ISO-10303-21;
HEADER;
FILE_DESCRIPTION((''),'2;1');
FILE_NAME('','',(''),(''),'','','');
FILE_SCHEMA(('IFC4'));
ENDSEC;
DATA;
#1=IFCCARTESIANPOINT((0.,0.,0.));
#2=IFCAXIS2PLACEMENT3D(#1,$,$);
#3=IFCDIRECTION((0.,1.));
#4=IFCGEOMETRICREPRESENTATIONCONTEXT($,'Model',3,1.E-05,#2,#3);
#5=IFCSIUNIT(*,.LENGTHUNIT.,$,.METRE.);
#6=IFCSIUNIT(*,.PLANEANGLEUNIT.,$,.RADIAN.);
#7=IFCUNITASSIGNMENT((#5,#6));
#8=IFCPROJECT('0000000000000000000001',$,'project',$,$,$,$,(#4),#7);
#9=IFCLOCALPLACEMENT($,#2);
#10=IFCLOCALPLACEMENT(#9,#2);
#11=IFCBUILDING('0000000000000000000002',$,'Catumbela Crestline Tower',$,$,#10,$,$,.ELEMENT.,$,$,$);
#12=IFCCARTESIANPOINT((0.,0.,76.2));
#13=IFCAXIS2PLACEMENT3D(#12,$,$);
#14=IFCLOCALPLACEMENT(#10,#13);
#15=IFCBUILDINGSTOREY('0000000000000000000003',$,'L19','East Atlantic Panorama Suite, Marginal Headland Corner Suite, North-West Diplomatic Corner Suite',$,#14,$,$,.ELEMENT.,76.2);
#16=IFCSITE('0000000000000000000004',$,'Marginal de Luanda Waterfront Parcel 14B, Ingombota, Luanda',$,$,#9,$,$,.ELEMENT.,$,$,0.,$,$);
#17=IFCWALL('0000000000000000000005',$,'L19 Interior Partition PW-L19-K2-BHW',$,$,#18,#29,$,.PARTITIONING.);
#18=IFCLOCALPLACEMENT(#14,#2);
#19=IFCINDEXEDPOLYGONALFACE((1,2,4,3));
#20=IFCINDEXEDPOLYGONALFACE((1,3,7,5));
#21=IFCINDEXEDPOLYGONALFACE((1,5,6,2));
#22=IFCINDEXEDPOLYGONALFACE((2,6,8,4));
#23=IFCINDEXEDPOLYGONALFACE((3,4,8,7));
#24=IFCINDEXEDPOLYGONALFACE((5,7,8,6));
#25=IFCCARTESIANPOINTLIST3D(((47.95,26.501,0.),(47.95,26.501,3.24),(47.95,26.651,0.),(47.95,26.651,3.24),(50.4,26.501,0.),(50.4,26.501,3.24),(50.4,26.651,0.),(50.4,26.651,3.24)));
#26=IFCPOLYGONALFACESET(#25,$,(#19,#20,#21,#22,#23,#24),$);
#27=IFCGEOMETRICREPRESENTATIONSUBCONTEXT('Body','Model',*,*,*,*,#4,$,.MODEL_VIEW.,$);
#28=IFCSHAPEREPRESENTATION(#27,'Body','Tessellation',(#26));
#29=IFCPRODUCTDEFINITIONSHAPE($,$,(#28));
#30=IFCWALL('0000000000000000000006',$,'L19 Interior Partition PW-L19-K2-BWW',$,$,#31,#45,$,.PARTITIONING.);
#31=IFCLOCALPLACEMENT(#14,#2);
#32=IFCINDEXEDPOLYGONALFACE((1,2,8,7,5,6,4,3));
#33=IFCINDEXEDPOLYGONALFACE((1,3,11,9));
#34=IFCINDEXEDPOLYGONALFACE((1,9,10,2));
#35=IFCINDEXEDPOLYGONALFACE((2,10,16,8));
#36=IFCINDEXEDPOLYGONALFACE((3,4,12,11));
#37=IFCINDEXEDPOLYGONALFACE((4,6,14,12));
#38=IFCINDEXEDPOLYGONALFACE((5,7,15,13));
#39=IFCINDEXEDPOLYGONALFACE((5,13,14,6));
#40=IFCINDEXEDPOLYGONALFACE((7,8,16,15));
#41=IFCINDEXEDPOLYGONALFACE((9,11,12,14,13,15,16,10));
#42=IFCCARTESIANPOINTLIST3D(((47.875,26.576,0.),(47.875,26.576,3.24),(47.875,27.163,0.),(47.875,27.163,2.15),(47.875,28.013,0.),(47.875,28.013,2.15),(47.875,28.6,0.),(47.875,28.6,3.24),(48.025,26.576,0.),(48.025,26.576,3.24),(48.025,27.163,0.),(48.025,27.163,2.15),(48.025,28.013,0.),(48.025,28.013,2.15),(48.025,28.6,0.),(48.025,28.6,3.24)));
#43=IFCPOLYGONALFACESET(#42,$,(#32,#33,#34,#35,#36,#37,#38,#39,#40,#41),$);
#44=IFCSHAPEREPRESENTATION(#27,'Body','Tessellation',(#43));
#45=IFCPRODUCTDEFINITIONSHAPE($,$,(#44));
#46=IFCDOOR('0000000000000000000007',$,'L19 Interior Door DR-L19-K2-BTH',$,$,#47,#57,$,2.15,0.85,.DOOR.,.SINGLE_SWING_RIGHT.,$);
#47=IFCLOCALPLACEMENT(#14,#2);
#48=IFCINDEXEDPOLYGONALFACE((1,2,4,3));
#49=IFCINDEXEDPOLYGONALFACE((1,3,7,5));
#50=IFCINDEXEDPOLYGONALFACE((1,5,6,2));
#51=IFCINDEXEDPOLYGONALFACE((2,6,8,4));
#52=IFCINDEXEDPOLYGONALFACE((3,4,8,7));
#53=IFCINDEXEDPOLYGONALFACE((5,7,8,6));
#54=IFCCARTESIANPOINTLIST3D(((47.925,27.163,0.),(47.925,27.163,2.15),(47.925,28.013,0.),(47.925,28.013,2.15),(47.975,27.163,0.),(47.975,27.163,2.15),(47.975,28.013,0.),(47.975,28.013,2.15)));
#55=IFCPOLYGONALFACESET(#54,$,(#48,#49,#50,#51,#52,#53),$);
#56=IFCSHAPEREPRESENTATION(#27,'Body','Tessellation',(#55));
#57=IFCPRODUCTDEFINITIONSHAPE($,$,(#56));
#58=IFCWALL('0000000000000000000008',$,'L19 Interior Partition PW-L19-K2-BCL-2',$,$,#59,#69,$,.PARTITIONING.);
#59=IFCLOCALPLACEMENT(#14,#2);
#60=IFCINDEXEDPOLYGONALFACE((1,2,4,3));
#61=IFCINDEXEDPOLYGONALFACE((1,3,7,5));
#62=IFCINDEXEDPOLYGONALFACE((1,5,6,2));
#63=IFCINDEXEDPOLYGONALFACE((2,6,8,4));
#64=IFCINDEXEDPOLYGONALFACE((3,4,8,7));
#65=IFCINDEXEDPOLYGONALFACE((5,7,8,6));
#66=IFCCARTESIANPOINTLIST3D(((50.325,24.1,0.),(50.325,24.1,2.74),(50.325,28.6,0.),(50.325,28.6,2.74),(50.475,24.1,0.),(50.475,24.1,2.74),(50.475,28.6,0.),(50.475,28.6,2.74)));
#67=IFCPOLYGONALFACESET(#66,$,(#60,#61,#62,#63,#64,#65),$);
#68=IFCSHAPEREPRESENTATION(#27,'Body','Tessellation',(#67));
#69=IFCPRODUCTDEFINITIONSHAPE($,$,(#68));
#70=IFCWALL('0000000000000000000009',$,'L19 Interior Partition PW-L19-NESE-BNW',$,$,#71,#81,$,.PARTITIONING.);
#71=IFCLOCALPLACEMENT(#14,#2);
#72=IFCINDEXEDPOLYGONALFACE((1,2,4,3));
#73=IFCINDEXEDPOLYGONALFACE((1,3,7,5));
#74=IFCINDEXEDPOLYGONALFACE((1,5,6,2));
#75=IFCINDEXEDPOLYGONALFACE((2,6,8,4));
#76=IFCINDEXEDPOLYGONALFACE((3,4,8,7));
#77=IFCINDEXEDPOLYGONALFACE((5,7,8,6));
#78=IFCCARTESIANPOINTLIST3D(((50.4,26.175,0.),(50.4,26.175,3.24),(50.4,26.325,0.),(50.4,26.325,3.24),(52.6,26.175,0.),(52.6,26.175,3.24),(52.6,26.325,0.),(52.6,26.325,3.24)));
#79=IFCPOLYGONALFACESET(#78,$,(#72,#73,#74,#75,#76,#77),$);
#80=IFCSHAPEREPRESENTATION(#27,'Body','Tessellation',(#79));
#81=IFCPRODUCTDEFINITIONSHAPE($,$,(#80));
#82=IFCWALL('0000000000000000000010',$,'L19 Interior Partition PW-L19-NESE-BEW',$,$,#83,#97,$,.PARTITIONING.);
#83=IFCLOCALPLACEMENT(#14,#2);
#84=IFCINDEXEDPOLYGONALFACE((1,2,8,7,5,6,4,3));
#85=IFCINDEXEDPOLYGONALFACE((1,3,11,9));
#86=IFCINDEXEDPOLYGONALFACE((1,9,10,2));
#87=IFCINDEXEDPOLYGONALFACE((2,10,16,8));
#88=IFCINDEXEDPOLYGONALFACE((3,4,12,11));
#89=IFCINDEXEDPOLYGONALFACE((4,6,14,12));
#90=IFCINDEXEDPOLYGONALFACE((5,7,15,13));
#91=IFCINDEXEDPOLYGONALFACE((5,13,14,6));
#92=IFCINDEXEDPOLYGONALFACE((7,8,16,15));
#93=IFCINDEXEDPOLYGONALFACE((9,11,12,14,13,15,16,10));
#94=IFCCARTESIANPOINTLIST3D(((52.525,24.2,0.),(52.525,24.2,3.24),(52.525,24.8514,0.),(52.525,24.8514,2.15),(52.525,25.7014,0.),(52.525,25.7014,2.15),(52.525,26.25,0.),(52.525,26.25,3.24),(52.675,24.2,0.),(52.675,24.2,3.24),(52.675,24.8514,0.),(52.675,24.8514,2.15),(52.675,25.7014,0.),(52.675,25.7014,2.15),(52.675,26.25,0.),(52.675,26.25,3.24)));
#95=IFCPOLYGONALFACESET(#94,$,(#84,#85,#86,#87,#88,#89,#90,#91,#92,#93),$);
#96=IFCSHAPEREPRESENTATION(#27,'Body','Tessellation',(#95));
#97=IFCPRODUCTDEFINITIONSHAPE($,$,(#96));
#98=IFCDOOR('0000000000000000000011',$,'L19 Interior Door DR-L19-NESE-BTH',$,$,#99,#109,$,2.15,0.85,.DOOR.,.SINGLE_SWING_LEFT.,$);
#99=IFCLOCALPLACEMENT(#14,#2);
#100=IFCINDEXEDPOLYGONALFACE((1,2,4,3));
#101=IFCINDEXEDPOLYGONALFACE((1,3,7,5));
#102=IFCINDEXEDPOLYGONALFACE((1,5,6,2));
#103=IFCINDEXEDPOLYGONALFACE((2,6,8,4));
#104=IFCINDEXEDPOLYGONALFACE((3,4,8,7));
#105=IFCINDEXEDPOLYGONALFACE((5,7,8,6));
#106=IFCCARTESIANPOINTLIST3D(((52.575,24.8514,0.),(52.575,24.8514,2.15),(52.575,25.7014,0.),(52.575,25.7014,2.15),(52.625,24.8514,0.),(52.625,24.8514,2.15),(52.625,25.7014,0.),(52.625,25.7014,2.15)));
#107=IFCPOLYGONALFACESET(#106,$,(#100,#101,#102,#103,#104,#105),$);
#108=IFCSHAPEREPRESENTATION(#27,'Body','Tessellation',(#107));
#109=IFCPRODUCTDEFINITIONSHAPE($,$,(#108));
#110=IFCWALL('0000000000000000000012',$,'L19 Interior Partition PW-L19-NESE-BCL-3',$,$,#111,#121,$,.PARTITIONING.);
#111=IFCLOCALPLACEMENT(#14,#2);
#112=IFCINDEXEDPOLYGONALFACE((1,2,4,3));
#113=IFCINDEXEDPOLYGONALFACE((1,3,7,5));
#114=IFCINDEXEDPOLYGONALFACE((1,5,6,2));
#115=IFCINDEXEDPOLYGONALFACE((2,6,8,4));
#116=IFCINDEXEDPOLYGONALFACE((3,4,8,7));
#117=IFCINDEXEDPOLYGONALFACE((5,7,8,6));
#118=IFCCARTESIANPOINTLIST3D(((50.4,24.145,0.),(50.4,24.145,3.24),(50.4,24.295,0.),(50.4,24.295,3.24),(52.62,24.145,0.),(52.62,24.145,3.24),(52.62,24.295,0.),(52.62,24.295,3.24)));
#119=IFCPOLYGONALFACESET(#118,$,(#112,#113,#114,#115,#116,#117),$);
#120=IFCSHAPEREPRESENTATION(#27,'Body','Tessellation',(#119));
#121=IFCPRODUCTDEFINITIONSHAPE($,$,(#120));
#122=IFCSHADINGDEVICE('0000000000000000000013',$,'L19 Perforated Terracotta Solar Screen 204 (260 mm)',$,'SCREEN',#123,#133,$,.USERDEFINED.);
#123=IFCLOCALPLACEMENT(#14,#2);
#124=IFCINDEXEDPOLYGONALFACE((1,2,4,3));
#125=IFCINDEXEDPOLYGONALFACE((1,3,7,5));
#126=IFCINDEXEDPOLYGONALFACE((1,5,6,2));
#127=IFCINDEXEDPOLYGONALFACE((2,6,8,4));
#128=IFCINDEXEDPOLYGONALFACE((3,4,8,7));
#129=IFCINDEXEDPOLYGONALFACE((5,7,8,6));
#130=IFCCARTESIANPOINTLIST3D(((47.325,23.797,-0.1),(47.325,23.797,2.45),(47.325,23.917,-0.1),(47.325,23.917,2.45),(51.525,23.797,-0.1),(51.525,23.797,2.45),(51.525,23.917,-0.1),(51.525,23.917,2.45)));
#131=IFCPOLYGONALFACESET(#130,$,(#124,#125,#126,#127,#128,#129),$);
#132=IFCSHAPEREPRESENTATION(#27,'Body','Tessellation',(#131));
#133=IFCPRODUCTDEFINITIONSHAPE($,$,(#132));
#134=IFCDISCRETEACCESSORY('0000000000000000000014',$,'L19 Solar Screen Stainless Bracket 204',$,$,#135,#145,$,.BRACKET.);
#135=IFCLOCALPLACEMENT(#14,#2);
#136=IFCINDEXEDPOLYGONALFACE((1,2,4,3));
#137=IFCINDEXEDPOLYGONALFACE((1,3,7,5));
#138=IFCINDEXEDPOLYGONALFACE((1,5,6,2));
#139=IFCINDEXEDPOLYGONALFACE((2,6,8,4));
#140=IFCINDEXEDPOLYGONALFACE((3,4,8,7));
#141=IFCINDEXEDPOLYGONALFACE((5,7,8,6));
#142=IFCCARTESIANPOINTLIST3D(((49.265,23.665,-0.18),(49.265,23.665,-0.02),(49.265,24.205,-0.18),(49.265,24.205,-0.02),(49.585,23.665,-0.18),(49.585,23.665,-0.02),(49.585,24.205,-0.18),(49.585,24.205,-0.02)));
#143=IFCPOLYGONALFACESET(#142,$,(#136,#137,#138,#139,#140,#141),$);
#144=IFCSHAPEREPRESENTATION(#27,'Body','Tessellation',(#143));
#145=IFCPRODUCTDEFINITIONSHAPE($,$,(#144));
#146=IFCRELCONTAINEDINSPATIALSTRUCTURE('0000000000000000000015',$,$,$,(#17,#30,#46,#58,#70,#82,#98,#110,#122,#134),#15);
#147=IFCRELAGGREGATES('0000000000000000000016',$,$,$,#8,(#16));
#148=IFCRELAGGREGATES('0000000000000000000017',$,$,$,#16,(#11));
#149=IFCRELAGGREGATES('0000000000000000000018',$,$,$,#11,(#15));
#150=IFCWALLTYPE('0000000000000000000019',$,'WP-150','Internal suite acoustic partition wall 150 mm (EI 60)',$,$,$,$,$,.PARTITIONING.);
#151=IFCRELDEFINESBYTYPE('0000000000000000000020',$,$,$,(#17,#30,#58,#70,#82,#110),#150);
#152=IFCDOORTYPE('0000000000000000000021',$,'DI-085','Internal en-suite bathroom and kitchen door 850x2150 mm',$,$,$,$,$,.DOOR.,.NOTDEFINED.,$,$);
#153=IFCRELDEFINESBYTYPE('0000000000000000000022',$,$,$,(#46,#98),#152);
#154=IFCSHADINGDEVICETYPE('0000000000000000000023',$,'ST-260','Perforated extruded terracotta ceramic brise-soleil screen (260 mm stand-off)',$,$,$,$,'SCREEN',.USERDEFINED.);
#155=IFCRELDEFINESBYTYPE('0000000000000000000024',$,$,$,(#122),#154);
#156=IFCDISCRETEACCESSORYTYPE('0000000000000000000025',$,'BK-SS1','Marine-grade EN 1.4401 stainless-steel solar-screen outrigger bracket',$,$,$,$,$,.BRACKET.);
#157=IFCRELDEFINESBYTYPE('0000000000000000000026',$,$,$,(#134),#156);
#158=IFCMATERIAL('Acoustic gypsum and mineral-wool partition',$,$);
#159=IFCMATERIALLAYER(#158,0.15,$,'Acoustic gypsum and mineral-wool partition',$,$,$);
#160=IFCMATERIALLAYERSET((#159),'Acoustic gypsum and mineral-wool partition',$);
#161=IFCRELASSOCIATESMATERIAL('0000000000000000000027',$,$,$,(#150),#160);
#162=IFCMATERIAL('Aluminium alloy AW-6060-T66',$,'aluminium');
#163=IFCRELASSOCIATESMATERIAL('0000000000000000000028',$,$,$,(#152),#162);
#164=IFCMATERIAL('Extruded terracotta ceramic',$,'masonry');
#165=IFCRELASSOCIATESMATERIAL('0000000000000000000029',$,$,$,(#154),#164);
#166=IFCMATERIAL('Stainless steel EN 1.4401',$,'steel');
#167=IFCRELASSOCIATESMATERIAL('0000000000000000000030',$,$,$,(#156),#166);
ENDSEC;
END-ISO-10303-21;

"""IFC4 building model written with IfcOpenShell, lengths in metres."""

from ifc_helpers import new_model, si_unit, direction, frame, frame_2d, origin, origin_2d, place, context, subcontext, project, spatial, rectangle, extrude, material, layer, layer_set, type_object, element, fill, save


model = new_model("IFC4")

# Units and contexts
model_context = context("Model", 3, precision=1e-05, world=origin(), true_north=direction((0.0, 1.0)))
body_context = subcontext(model_context, "Body", "Model", "MODEL_VIEW")
ifc_project = project(units=[si_unit("LENGTHUNIT", "METRE"), si_unit("PLANEANGLEUNIT", "RADIAN")], contexts=[model_context])

# Site, building, storey
site_placement = place(None, origin())
site = spatial("IfcSite", under=ifc_project, at=site_placement, Name="Marginal de Luanda Waterfront Parcel 14B, Ingombota, Luanda", CompositionType="ELEMENT", RefElevation=0.0)
building_placement = place(site_placement, origin())
building = spatial("IfcBuilding", under=site, at=building_placement, Name="Catumbela Crestline Tower", CompositionType="ELEMENT")
storey_placement = place(building_placement, frame((0.0, 0.0, 76.2)))
storey = spatial("IfcBuildingStorey", under=building, at=storey_placement, Name="L19", Description="East Atlantic Panorama Suite, Marginal Headland Corner Suite, North-West Diplomatic Corner Suite", CompositionType="ELEMENT", Elevation=76.2)

# Shared definitions
ifc_material_1 = material(Name="Aluminium alloy AW-6060-T66", Category="aluminium")

# Shared definitions
ifc_material_2 = material(Name="Acoustic gypsum and mineral-wool partition")

# Wall
ifc_layer_1 = layer(ifc_material_2, 0.15, Name="Acoustic gypsum and mineral-wool partition")
ifc_layer_set_1 = layer_set([ifc_layer_1], Name="Acoustic gypsum and mineral-wool partition")
wall_type_1 = type_object("IfcWallType", Name="WP-150", Description="Internal suite acoustic partition wall 150 mm (EI 60)", PredefinedType="PARTITIONING", material=ifc_layer_set_1)
wall_1_placement = place(storey_placement, frame((47.95, 26.576, 0.0), z_axis=(0.0, 0.0, 1.0), x_axis=(1.0, 0.0, 0.0)))
element("IfcWall", 1, at=wall_1_placement, inside=storey, type_object=wall_type_1, Name="L19 Interior Partition PW-L19-K2-BHW", PredefinedType="PARTITIONING", context=body_context, shape_type="SweptSolid", body=[
    extrude(rectangle(XDim=2.45, YDim=0.15, at=frame_2d((1.225, 0.0))), origin(), (0.0, 0.0, 1.0), 3.24),
])

# Wall, opening, door
wall_2_placement = place(storey_placement, frame((47.95, 26.576, 0.0), z_axis=(0.0, 0.0, 1.0), x_axis=(0.0, 1.0, 0.0)))
wall_2 = element("IfcWall", 2, at=wall_2_placement, inside=storey, type_object=wall_type_1, Name="L19 Interior Partition PW-L19-K2-BWW", PredefinedType="PARTITIONING", context=body_context, shape_type="SweptSolid", body=[
    extrude(rectangle(XDim=2.024, YDim=0.15, at=frame_2d((1.012, 0.0))), origin(), (0.0, 0.0, 1.0), 3.24),
])
opening_1_placement = place(wall_2_placement, frame((0.587, 0.0, 0.0)))
opening_1 = element("IfcOpeningElement", 3, at=opening_1_placement, cuts=wall_2, PredefinedType="OPENING", context=body_context, shape_type="SweptSolid", body=[
    extrude(rectangle(XDim=0.85, YDim=2.15, at=frame_2d((0.425, 1.075))), frame((0.0, 0.085, 0.0), z_axis=(0.0, -1.0, 0.0), x_axis=(1.0, 0.0, 0.0)), (0.0, 0.0, 1.0), 0.17),
])
door_type_1 = type_object("IfcDoorType", Name="DI-085", Description="Internal en-suite bathroom and kitchen door 850x2150 mm", OperationType="NOTDEFINED", PredefinedType="DOOR", material=ifc_material_1)
door_1_placement = place(opening_1_placement, origin())
door_1 = element("IfcDoor", 4, at=door_1_placement, inside=storey, type_object=door_type_1, Name="L19 Interior Door DR-L19-K2-BTH", OperationType="SINGLE_SWING_RIGHT", OverallHeight=2.15, OverallWidth=0.85, PredefinedType="DOOR", context=body_context, shape_type="SweptSolid", body=[
    extrude(rectangle(XDim=0.85, YDim=2.15, at=frame_2d((0.425, 1.075))), frame((0.0, 0.025, 0.0), z_axis=(0.0, -1.0, 0.0), x_axis=(1.0, 0.0, 0.0)), (0.0, 0.0, 1.0), 0.05),
])
fill(opening_1, door_1)

# Walls
wall_3_placement = place(storey_placement, frame((50.4, 28.6, 0.0), z_axis=(0.0, 0.0, 1.0), x_axis=(0.0, -1.0, 0.0)))
element("IfcWall", 5, at=wall_3_placement, inside=storey, type_object=wall_type_1, Name="L19 Interior Partition PW-L19-K2-BCL-2", PredefinedType="PARTITIONING", context=body_context, shape_type="SweptSolid", body=[
    extrude(rectangle(XDim=4.5, YDim=0.15, at=frame_2d((2.25, 0.0))), origin(), (0.0, 0.0, 1.0), 2.74),
])
wall_4_placement = place(storey_placement, frame((50.4, 26.25, 0.0), z_axis=(0.0, 0.0, 1.0), x_axis=(1.0, 0.0, 0.0)))
element("IfcWall", 6, at=wall_4_placement, inside=storey, type_object=wall_type_1, Name="L19 Interior Partition PW-L19-NESE-BNW", PredefinedType="PARTITIONING", context=body_context, shape_type="SweptSolid", body=[
    extrude(rectangle(XDim=2.2, YDim=0.15, at=frame_2d((1.1, 0.0))), origin(), (0.0, 0.0, 1.0), 3.24),
])

# Wall, opening, door
wall_5_placement = place(storey_placement, frame((52.6, 24.2, 0.0), z_axis=(0.0, 0.0, 1.0), x_axis=(0.0, 1.0, 0.0)))
wall_5 = element("IfcWall", 7, at=wall_5_placement, inside=storey, type_object=wall_type_1, Name="L19 Interior Partition PW-L19-NESE-BEW", PredefinedType="PARTITIONING", context=body_context, shape_type="SweptSolid", body=[
    extrude(rectangle(XDim=2.05, YDim=0.15, at=frame_2d((1.025, 0.0))), origin(), (0.0, 0.0, 1.0), 3.24),
])
opening_2_placement = place(wall_5_placement, frame((0.6514, 0.0, 0.0)))
opening_2 = element("IfcOpeningElement", 8, at=opening_2_placement, cuts=wall_5, PredefinedType="OPENING", context=body_context, shape_type="SweptSolid", body=[
    extrude(rectangle(XDim=0.85, YDim=2.15, at=frame_2d((0.425, 1.075))), frame((0.0, 0.085, 0.0), z_axis=(0.0, -1.0, 0.0), x_axis=(1.0, 0.0, 0.0)), (0.0, 0.0, 1.0), 0.17),
])
door_2_placement = place(opening_2_placement, origin())
door_2 = element("IfcDoor", 9, at=door_2_placement, inside=storey, type_object=door_type_1, Name="L19 Interior Door DR-L19-NESE-BTH", OperationType="SINGLE_SWING_LEFT", OverallHeight=2.15, OverallWidth=0.85, PredefinedType="DOOR", context=body_context, shape_type="SweptSolid", body=[
    extrude(rectangle(XDim=0.85, YDim=2.15, at=frame_2d((0.425, 1.075))), frame((0.0, 0.025, 0.0), z_axis=(0.0, -1.0, 0.0), x_axis=(1.0, 0.0, 0.0)), (0.0, 0.0, 1.0), 0.05),
])
fill(opening_2, door_2)

# Wall
wall_6_placement = place(storey_placement, frame((52.62, 24.22, 0.0), z_axis=(0.0, 0.0, 1.0), x_axis=(-1.0, 0.0, 0.0)))
element("IfcWall", 10, at=wall_6_placement, inside=storey, type_object=wall_type_1, Name="L19 Interior Partition PW-L19-NESE-BCL-3", PredefinedType="PARTITIONING", context=body_context, shape_type="SweptSolid", body=[
    extrude(rectangle(XDim=2.22, YDim=0.15, at=frame_2d((1.11, 0.0))), origin(), (0.0, 0.0, 1.0), 3.24),
])

# Shading device
ifc_material_3 = material(Name="Extruded terracotta ceramic", Category="masonry")
shading_device_type = type_object("IfcShadingDeviceType", Name="ST-260", Description="Perforated extruded terracotta ceramic brise-soleil screen (260 mm stand-off)", ElementType="SCREEN", PredefinedType="USERDEFINED", material=ifc_material_3)
shading_device_placement = place(storey_placement, frame((49.425, 23.857, -0.1), z_axis=(0.0, 0.0, 1.0), x_axis=(1.0, 0.0, 0.0)))
element("IfcShadingDevice", 11, at=shading_device_placement, inside=storey, type_object=shading_device_type, Name="L19 Perforated Terracotta Solar Screen 204 (260 mm)", ObjectType="SCREEN", PredefinedType="USERDEFINED", context=body_context, shape_type="SweptSolid", body=[
    extrude(rectangle(XDim=4.2, YDim=0.12, at=origin_2d()), origin(), (0.0, 0.0, 1.0), 2.55),
])

# Discrete accessory
ifc_material_4 = material(Name="Stainless steel EN 1.4401", Category="steel")
discrete_accessory_type = type_object("IfcDiscreteAccessoryType", Name="BK-SS1", Description="Marine-grade EN 1.4401 stainless-steel solar-screen outrigger bracket", PredefinedType="BRACKET", material=ifc_material_4)
discrete_accessory_placement = place(storey_placement, frame((49.425, 23.935, -0.18), z_axis=(0.0, 0.0, 1.0), x_axis=(1.0, 0.0, 0.0)))
element("IfcDiscreteAccessory", 12, at=discrete_accessory_placement, inside=storey, type_object=discrete_accessory_type, Name="L19 Solar Screen Stainless Bracket 204", PredefinedType="BRACKET", context=body_context, shape_type="SweptSolid", body=[
    extrude(rectangle(XDim=0.32, YDim=0.54, at=origin_2d()), origin(), (0.0, 0.0, 1.0), 0.16),
])

save(model, "model.ifc")
